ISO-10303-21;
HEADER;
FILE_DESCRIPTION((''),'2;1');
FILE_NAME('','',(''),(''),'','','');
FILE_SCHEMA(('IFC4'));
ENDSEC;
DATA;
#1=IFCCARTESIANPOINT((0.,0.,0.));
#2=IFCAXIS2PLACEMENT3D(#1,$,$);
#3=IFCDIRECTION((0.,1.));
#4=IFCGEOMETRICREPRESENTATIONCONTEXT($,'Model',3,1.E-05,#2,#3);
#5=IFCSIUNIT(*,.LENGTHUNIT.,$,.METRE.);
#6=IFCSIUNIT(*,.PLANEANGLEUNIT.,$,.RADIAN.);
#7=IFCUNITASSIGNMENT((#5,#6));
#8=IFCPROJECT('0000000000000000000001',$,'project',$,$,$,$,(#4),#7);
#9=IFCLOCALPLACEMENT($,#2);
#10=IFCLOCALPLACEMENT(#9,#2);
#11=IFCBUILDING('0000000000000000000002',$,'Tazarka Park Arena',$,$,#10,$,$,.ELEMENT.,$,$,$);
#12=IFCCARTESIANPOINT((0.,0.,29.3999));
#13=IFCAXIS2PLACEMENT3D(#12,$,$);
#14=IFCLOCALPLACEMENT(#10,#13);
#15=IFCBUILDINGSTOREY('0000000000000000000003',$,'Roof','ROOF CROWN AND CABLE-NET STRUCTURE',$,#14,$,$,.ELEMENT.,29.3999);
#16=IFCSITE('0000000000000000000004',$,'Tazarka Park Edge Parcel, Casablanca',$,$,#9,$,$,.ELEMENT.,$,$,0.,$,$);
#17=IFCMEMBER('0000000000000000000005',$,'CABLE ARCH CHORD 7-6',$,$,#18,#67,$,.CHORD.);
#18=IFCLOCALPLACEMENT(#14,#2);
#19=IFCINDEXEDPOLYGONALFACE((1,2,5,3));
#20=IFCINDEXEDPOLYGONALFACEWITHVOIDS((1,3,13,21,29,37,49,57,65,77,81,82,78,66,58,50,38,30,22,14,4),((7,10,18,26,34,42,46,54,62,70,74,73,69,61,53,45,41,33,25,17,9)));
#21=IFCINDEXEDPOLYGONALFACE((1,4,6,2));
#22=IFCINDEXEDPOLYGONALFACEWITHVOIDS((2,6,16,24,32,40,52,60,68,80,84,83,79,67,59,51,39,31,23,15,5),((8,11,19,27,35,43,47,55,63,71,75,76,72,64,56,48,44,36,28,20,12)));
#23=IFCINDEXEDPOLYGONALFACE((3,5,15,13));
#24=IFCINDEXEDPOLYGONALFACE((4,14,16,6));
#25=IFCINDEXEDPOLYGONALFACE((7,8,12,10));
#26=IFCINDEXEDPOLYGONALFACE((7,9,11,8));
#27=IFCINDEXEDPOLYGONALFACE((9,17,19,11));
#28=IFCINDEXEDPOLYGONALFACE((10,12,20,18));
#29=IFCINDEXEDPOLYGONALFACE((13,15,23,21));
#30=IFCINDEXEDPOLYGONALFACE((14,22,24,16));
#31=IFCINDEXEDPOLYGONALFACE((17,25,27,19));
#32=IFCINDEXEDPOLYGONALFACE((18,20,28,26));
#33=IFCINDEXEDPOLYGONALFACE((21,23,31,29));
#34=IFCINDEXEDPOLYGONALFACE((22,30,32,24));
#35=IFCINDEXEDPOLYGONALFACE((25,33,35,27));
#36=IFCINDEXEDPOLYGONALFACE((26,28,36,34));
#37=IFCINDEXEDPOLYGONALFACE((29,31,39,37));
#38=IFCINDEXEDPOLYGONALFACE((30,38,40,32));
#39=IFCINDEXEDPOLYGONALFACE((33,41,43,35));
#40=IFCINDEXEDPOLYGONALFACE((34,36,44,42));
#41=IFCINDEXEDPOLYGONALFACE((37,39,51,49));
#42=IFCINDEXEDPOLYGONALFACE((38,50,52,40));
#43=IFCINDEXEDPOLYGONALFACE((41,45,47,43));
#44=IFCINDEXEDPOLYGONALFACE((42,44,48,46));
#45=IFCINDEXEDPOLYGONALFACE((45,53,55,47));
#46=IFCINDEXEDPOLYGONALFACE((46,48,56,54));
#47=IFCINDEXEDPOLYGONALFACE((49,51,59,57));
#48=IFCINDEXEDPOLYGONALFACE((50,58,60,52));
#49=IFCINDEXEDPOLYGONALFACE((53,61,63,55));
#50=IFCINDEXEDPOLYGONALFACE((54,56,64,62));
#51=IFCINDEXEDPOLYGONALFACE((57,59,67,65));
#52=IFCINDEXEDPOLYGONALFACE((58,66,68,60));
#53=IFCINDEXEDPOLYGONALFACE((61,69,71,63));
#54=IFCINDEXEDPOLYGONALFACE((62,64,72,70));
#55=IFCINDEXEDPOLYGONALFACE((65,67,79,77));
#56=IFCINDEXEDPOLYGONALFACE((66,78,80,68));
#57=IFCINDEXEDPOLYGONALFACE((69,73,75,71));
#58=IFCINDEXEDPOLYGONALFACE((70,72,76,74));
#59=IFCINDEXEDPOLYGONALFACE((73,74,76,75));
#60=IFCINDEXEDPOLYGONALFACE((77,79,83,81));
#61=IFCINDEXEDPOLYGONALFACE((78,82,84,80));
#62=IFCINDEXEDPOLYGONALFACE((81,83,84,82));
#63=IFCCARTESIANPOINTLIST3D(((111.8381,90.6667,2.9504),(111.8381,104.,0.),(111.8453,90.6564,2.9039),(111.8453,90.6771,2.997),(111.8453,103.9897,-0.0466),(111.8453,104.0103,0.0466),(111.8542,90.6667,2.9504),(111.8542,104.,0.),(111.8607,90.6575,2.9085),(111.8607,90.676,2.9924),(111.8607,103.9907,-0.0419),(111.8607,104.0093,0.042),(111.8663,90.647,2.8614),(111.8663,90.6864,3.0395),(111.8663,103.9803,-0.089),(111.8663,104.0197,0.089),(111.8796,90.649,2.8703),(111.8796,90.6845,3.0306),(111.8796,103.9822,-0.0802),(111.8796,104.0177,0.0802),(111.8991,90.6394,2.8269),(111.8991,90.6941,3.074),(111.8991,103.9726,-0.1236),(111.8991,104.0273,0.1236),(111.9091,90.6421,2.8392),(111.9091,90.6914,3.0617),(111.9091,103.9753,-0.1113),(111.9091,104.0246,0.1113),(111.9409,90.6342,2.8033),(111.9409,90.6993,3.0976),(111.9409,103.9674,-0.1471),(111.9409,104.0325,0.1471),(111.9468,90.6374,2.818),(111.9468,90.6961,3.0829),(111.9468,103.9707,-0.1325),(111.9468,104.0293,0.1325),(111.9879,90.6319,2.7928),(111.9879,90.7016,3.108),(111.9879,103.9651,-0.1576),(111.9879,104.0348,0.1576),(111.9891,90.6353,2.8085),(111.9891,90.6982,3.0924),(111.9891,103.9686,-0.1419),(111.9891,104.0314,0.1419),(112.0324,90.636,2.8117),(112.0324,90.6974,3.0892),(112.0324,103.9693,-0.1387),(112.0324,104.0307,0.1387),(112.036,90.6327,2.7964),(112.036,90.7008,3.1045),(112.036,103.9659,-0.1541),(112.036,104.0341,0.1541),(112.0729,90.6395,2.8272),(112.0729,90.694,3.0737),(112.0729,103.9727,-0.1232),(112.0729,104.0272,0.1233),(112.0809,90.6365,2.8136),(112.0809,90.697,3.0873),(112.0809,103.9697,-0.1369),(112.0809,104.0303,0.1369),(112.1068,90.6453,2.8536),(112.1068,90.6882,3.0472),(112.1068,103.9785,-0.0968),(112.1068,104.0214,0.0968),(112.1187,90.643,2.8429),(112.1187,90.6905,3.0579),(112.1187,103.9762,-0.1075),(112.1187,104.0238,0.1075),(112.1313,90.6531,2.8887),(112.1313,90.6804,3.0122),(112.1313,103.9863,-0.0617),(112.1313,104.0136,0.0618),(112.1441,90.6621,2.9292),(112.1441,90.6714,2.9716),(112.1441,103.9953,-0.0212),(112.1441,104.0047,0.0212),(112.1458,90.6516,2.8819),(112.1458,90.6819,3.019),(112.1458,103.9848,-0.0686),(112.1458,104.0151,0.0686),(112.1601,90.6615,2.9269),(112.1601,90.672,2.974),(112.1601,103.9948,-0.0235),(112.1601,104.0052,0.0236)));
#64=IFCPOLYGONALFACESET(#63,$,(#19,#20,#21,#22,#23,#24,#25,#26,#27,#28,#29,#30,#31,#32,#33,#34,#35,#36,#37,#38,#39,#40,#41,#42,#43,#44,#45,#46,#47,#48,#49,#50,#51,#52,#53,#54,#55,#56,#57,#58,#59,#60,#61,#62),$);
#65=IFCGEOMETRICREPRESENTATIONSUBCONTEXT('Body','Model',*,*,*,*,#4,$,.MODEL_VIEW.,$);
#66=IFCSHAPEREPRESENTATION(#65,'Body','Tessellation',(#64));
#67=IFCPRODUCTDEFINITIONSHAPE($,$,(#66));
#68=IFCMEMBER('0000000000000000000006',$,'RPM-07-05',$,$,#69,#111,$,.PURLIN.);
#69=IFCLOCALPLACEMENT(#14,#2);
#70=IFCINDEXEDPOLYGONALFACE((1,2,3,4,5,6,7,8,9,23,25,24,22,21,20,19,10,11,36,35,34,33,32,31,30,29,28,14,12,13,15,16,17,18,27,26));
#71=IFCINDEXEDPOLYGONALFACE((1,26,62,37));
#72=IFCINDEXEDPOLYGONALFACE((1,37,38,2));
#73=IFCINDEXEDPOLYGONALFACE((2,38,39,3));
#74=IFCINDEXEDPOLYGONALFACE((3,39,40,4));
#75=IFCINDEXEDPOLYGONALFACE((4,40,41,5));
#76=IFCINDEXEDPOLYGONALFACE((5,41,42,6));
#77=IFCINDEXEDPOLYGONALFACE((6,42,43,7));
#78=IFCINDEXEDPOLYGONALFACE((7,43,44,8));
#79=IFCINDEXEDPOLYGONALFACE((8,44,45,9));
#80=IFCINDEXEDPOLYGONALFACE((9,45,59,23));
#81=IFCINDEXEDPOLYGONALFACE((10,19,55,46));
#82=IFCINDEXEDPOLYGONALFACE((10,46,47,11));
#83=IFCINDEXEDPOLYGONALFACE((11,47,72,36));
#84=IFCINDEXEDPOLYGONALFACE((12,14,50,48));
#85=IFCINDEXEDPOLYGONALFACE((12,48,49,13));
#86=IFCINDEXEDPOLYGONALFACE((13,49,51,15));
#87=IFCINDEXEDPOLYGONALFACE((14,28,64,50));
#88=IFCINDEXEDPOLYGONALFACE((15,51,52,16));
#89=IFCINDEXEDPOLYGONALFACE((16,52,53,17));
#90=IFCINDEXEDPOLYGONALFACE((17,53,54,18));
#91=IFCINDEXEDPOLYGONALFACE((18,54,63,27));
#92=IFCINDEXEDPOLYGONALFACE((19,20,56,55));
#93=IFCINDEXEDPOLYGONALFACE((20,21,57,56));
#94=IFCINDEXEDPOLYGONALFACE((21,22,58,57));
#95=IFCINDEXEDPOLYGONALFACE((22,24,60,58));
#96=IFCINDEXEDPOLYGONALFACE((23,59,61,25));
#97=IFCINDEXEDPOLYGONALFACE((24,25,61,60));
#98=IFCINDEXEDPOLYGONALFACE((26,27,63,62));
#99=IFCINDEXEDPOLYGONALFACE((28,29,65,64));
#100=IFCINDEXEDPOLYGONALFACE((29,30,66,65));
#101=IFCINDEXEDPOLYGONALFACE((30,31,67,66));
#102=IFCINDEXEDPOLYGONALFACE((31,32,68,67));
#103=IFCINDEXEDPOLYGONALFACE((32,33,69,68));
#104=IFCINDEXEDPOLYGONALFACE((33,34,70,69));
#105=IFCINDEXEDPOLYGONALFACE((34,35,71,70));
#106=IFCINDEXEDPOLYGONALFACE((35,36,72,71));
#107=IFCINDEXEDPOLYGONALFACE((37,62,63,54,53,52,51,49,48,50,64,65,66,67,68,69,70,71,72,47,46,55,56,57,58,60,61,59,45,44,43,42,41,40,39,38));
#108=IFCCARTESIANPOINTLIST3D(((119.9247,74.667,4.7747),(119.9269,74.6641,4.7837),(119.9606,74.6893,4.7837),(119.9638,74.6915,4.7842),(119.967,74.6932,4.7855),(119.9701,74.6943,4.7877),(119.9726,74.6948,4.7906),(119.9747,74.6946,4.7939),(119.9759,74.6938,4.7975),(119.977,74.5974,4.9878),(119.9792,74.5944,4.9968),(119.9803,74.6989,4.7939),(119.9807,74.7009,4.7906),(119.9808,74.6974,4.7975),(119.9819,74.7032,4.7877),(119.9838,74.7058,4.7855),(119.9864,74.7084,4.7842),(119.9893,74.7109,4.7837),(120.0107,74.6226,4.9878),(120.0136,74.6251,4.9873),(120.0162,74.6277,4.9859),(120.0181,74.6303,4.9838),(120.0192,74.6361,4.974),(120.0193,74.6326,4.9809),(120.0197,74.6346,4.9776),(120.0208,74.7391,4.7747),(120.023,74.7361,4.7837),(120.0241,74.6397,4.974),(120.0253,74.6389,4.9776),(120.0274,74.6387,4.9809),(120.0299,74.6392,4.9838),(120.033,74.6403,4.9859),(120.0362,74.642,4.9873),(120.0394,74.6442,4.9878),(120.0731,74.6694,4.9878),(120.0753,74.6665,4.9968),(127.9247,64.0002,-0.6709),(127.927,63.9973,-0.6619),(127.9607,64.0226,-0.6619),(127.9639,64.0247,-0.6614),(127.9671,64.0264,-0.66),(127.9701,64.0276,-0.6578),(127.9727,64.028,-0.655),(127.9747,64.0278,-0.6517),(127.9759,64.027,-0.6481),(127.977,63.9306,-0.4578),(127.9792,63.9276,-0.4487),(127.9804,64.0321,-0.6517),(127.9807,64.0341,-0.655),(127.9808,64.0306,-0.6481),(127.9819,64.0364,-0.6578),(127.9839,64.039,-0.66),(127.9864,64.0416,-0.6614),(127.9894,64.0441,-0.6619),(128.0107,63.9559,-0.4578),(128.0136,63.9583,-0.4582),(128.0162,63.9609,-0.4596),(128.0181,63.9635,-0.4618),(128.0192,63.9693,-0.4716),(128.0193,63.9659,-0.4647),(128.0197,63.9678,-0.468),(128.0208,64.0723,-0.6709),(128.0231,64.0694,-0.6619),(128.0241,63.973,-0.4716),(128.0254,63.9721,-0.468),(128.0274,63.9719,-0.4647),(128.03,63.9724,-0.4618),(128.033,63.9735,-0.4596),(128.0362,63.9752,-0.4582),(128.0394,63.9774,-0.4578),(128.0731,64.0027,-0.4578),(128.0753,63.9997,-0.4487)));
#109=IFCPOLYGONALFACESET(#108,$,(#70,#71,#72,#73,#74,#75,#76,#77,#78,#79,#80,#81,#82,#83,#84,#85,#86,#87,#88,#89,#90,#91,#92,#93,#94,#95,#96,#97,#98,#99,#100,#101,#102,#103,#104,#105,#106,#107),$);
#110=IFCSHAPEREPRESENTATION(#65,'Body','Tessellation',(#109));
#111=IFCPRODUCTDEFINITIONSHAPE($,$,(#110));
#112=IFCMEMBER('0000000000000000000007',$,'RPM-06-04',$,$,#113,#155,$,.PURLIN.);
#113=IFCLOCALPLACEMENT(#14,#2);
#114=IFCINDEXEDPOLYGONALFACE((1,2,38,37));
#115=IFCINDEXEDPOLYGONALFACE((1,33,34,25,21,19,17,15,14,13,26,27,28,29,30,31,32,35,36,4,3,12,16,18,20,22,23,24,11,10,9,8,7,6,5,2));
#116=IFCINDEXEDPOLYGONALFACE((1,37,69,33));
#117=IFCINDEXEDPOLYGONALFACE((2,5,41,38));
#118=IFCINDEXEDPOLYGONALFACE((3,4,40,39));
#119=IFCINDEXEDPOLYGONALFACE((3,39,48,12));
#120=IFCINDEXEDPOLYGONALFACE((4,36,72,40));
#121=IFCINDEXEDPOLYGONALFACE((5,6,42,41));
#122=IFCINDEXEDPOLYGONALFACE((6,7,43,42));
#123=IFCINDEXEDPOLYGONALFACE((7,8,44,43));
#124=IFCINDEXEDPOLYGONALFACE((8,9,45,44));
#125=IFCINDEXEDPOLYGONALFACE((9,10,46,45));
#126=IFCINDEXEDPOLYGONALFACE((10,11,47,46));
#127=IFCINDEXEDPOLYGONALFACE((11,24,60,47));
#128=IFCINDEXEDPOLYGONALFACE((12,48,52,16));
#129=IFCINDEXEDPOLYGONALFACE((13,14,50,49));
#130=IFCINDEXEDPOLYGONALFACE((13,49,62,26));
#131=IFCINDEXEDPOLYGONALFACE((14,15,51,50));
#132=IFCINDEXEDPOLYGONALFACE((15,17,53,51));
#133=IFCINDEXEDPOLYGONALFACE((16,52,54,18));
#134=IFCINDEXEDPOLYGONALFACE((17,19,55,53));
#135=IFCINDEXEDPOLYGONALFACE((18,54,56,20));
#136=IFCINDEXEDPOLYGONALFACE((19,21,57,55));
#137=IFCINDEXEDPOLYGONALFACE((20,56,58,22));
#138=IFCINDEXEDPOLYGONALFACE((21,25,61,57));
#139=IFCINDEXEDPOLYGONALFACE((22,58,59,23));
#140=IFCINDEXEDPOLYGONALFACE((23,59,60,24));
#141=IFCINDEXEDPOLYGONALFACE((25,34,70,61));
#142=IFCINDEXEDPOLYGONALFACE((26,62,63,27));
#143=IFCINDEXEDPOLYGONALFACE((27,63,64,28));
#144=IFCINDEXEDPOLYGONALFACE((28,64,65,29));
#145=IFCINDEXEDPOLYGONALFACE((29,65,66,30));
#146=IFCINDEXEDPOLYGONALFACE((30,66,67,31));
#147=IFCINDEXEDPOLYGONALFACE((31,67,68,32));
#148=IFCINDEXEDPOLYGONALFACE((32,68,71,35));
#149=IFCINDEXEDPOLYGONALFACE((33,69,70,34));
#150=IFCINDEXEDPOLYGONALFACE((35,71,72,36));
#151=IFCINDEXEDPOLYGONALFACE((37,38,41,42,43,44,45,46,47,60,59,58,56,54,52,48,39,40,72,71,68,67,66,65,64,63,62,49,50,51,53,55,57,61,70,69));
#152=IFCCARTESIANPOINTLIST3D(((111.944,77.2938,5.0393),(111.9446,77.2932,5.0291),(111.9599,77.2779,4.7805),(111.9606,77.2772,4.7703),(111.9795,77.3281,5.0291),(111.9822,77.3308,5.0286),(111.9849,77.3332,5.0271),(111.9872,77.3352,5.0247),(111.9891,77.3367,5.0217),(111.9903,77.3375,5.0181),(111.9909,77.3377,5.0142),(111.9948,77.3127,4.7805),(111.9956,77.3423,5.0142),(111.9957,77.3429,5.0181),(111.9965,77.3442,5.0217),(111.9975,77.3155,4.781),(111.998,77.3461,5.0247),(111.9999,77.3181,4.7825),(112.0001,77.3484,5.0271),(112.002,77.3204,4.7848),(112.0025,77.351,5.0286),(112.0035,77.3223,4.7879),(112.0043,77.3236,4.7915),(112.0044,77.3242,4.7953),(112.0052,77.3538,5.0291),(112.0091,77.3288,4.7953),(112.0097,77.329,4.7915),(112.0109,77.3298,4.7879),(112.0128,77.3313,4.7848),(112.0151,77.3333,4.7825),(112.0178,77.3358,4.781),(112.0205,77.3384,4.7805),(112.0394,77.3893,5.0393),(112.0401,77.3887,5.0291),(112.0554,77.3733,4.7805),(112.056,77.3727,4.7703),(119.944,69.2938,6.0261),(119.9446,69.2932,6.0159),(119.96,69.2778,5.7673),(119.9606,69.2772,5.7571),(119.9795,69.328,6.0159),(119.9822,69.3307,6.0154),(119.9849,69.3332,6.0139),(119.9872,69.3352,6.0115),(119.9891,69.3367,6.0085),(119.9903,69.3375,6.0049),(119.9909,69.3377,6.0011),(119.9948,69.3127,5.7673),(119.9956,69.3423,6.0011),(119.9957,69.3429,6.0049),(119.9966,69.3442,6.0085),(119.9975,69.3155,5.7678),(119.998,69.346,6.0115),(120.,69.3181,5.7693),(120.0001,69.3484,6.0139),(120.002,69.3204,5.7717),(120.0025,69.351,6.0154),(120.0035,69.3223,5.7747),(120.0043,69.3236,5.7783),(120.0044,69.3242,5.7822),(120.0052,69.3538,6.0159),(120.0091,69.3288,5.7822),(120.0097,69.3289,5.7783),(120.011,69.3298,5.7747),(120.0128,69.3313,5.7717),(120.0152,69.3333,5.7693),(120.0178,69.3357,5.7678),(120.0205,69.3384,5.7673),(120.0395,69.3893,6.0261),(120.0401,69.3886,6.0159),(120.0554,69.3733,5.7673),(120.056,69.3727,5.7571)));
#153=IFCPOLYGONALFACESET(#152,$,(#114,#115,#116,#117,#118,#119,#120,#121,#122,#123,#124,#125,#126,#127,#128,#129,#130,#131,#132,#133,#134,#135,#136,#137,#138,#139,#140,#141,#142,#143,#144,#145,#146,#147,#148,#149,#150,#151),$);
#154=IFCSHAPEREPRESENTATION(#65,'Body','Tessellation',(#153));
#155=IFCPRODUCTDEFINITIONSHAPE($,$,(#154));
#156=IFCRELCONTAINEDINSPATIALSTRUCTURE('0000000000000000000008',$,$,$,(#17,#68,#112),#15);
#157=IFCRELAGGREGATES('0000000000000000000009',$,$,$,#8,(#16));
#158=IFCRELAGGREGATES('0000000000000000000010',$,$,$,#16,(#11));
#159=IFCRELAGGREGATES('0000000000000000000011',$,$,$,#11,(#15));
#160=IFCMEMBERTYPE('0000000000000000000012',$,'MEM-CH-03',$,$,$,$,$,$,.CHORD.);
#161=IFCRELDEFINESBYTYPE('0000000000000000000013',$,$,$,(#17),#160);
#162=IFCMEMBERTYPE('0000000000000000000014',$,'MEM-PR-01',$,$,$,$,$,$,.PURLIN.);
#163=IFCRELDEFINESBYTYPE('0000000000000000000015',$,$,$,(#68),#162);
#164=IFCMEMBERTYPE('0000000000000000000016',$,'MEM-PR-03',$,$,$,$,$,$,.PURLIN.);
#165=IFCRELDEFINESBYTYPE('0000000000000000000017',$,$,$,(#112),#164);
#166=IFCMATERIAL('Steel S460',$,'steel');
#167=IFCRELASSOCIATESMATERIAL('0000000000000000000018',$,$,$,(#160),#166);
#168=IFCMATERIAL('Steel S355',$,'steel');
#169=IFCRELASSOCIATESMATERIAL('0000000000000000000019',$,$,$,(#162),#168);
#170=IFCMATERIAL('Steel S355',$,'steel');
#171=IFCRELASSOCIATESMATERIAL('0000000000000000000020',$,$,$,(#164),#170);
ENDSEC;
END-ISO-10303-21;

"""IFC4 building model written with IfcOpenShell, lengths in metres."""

from ifc_helpers import new_model, si_unit, direction, frame, origin, origin_2d, place, context, subcontext, project, spatial, hollow_circle, i_section, extrude, material, material_profile, profile_set, type_object, element, save


model = new_model("IFC4")

# Units and contexts
model_context = context("Model", 3, precision=1e-05, world=origin(), true_north=direction((0.0, 1.0)))
body_context = subcontext(model_context, "Body", "Model", "MODEL_VIEW")
ifc_project = project(units=[si_unit("LENGTHUNIT", "METRE"), si_unit("PLANEANGLEUNIT", "RADIAN")], contexts=[model_context])

# Site, building, storey
site_placement = place(None, origin())
site = spatial("IfcSite", under=ifc_project, at=site_placement, Name="Tazarka Park Edge Parcel, Casablanca", CompositionType="ELEMENT", RefElevation=0.0)
building_placement = place(site_placement, origin())
building = spatial("IfcBuilding", under=site, at=building_placement, Name="Tazarka Park Arena", CompositionType="ELEMENT")
storey_placement = place(building_placement, frame((0.0, 0.0, 29.3999)))
storey = spatial("IfcBuildingStorey", under=building, at=storey_placement, Name="Roof", Description="ROOF CROWN AND CABLE-NET STRUCTURE", CompositionType="ELEMENT", Elevation=29.3999)

# Members
ifc_material_1 = material(Name="Steel S460", Category="steel")
ifc_material_profile_1 = material_profile(ifc_material_1, hollow_circle(Radius=0.1619, WallThickness=0.0161, at=origin_2d()), Name="Steel S460")
ifc_profile_set_1 = profile_set([ifc_material_profile_1], Name="Steel S460")
member_type_1 = type_object("IfcMemberType", Name="MEM-CH-03", PredefinedType="CHORD", material=ifc_profile_set_1)
member_1_placement = place(storey_placement, frame((112.0, 90.6667, 2.9504), z_axis=(0.0, 0.976381, -0.216058), x_axis=(-1.0, 0.0, 0.0)))
element("IfcMember", 1, at=member_1_placement, inside=storey, type_object=member_type_1, Name="CABLE ARCH CHORD 7-6", PredefinedType="CHORD", context=body_context, shape_type="SweptSolid", body=[
    extrude(hollow_circle(Radius=0.1619, WallThickness=0.0161, at=origin_2d()), origin(), (0.0, 0.0, 1.0), 13.6558),
])
ifc_material_2 = material(Name="Steel S355", Category="steel")
ifc_material_profile_2 = material_profile(ifc_material_2, i_section(OverallWidth=0.1201, OverallDepth=0.24, WebThickness=0.0061, FlangeThickness=0.0098, FilletRadius=0.0149, at=origin_2d()), Name="Steel S355")
ifc_profile_set_2 = profile_set([ifc_material_profile_2], Name="Steel S355")
member_type_2 = type_object("IfcMemberType", Name="MEM-PR-01", PredefinedType="PURLIN", material=ifc_profile_set_2)
member_2_placement = place(storey_placement, frame((120.0, 74.6667, 4.8857), z_axis=(0.555457, -0.740615, -0.378097), x_axis=(0.800002, 0.599997, 0.0)))
element("IfcMember", 2, at=member_2_placement, inside=storey, type_object=member_type_2, Name="RPM-07-05", PredefinedType="PURLIN", context=body_context, shape_type="SweptSolid", body=[
    extrude(i_section(OverallWidth=0.1201, OverallDepth=0.24, WebThickness=0.0061, FlangeThickness=0.0098, FilletRadius=0.0149, at=origin_2d()), origin(), (0.0, 0.0, 1.0), 14.4026),
])
ifc_material_3 = material(Name="Steel S355", Category="steel")
ifc_material_profile_3 = material_profile(ifc_material_3, i_section(OverallWidth=0.135, OverallDepth=0.27, WebThickness=0.0066, FlangeThickness=0.0103, FilletRadius=0.0149, at=origin_2d()), Name="Steel S355")
ifc_profile_set_3 = profile_set([ifc_material_profile_3], Name="Steel S355")
member_type_3 = type_object("IfcMemberType", Name="MEM-PR-03", PredefinedType="PURLIN", material=ifc_profile_set_3)
member_3_placement = place(storey_placement, frame((112.0, 77.3333, 4.9048), z_axis=(0.704432, -0.704432, 0.086893), x_axis=(0.707107, 0.707107, 0.0)))
element("IfcMember", 3, at=member_3_placement, inside=storey, type_object=member_type_3, Name="RPM-06-04", PredefinedType="PURLIN", context=body_context, shape_type="SweptSolid", body=[
    extrude(i_section(OverallWidth=0.135, OverallDepth=0.27, WebThickness=0.0066, FlangeThickness=0.0103, FilletRadius=0.0149, at=origin_2d()), origin(), (0.0, 0.0, 1.0), 11.3567),
])

save(model, "model.ifc")
